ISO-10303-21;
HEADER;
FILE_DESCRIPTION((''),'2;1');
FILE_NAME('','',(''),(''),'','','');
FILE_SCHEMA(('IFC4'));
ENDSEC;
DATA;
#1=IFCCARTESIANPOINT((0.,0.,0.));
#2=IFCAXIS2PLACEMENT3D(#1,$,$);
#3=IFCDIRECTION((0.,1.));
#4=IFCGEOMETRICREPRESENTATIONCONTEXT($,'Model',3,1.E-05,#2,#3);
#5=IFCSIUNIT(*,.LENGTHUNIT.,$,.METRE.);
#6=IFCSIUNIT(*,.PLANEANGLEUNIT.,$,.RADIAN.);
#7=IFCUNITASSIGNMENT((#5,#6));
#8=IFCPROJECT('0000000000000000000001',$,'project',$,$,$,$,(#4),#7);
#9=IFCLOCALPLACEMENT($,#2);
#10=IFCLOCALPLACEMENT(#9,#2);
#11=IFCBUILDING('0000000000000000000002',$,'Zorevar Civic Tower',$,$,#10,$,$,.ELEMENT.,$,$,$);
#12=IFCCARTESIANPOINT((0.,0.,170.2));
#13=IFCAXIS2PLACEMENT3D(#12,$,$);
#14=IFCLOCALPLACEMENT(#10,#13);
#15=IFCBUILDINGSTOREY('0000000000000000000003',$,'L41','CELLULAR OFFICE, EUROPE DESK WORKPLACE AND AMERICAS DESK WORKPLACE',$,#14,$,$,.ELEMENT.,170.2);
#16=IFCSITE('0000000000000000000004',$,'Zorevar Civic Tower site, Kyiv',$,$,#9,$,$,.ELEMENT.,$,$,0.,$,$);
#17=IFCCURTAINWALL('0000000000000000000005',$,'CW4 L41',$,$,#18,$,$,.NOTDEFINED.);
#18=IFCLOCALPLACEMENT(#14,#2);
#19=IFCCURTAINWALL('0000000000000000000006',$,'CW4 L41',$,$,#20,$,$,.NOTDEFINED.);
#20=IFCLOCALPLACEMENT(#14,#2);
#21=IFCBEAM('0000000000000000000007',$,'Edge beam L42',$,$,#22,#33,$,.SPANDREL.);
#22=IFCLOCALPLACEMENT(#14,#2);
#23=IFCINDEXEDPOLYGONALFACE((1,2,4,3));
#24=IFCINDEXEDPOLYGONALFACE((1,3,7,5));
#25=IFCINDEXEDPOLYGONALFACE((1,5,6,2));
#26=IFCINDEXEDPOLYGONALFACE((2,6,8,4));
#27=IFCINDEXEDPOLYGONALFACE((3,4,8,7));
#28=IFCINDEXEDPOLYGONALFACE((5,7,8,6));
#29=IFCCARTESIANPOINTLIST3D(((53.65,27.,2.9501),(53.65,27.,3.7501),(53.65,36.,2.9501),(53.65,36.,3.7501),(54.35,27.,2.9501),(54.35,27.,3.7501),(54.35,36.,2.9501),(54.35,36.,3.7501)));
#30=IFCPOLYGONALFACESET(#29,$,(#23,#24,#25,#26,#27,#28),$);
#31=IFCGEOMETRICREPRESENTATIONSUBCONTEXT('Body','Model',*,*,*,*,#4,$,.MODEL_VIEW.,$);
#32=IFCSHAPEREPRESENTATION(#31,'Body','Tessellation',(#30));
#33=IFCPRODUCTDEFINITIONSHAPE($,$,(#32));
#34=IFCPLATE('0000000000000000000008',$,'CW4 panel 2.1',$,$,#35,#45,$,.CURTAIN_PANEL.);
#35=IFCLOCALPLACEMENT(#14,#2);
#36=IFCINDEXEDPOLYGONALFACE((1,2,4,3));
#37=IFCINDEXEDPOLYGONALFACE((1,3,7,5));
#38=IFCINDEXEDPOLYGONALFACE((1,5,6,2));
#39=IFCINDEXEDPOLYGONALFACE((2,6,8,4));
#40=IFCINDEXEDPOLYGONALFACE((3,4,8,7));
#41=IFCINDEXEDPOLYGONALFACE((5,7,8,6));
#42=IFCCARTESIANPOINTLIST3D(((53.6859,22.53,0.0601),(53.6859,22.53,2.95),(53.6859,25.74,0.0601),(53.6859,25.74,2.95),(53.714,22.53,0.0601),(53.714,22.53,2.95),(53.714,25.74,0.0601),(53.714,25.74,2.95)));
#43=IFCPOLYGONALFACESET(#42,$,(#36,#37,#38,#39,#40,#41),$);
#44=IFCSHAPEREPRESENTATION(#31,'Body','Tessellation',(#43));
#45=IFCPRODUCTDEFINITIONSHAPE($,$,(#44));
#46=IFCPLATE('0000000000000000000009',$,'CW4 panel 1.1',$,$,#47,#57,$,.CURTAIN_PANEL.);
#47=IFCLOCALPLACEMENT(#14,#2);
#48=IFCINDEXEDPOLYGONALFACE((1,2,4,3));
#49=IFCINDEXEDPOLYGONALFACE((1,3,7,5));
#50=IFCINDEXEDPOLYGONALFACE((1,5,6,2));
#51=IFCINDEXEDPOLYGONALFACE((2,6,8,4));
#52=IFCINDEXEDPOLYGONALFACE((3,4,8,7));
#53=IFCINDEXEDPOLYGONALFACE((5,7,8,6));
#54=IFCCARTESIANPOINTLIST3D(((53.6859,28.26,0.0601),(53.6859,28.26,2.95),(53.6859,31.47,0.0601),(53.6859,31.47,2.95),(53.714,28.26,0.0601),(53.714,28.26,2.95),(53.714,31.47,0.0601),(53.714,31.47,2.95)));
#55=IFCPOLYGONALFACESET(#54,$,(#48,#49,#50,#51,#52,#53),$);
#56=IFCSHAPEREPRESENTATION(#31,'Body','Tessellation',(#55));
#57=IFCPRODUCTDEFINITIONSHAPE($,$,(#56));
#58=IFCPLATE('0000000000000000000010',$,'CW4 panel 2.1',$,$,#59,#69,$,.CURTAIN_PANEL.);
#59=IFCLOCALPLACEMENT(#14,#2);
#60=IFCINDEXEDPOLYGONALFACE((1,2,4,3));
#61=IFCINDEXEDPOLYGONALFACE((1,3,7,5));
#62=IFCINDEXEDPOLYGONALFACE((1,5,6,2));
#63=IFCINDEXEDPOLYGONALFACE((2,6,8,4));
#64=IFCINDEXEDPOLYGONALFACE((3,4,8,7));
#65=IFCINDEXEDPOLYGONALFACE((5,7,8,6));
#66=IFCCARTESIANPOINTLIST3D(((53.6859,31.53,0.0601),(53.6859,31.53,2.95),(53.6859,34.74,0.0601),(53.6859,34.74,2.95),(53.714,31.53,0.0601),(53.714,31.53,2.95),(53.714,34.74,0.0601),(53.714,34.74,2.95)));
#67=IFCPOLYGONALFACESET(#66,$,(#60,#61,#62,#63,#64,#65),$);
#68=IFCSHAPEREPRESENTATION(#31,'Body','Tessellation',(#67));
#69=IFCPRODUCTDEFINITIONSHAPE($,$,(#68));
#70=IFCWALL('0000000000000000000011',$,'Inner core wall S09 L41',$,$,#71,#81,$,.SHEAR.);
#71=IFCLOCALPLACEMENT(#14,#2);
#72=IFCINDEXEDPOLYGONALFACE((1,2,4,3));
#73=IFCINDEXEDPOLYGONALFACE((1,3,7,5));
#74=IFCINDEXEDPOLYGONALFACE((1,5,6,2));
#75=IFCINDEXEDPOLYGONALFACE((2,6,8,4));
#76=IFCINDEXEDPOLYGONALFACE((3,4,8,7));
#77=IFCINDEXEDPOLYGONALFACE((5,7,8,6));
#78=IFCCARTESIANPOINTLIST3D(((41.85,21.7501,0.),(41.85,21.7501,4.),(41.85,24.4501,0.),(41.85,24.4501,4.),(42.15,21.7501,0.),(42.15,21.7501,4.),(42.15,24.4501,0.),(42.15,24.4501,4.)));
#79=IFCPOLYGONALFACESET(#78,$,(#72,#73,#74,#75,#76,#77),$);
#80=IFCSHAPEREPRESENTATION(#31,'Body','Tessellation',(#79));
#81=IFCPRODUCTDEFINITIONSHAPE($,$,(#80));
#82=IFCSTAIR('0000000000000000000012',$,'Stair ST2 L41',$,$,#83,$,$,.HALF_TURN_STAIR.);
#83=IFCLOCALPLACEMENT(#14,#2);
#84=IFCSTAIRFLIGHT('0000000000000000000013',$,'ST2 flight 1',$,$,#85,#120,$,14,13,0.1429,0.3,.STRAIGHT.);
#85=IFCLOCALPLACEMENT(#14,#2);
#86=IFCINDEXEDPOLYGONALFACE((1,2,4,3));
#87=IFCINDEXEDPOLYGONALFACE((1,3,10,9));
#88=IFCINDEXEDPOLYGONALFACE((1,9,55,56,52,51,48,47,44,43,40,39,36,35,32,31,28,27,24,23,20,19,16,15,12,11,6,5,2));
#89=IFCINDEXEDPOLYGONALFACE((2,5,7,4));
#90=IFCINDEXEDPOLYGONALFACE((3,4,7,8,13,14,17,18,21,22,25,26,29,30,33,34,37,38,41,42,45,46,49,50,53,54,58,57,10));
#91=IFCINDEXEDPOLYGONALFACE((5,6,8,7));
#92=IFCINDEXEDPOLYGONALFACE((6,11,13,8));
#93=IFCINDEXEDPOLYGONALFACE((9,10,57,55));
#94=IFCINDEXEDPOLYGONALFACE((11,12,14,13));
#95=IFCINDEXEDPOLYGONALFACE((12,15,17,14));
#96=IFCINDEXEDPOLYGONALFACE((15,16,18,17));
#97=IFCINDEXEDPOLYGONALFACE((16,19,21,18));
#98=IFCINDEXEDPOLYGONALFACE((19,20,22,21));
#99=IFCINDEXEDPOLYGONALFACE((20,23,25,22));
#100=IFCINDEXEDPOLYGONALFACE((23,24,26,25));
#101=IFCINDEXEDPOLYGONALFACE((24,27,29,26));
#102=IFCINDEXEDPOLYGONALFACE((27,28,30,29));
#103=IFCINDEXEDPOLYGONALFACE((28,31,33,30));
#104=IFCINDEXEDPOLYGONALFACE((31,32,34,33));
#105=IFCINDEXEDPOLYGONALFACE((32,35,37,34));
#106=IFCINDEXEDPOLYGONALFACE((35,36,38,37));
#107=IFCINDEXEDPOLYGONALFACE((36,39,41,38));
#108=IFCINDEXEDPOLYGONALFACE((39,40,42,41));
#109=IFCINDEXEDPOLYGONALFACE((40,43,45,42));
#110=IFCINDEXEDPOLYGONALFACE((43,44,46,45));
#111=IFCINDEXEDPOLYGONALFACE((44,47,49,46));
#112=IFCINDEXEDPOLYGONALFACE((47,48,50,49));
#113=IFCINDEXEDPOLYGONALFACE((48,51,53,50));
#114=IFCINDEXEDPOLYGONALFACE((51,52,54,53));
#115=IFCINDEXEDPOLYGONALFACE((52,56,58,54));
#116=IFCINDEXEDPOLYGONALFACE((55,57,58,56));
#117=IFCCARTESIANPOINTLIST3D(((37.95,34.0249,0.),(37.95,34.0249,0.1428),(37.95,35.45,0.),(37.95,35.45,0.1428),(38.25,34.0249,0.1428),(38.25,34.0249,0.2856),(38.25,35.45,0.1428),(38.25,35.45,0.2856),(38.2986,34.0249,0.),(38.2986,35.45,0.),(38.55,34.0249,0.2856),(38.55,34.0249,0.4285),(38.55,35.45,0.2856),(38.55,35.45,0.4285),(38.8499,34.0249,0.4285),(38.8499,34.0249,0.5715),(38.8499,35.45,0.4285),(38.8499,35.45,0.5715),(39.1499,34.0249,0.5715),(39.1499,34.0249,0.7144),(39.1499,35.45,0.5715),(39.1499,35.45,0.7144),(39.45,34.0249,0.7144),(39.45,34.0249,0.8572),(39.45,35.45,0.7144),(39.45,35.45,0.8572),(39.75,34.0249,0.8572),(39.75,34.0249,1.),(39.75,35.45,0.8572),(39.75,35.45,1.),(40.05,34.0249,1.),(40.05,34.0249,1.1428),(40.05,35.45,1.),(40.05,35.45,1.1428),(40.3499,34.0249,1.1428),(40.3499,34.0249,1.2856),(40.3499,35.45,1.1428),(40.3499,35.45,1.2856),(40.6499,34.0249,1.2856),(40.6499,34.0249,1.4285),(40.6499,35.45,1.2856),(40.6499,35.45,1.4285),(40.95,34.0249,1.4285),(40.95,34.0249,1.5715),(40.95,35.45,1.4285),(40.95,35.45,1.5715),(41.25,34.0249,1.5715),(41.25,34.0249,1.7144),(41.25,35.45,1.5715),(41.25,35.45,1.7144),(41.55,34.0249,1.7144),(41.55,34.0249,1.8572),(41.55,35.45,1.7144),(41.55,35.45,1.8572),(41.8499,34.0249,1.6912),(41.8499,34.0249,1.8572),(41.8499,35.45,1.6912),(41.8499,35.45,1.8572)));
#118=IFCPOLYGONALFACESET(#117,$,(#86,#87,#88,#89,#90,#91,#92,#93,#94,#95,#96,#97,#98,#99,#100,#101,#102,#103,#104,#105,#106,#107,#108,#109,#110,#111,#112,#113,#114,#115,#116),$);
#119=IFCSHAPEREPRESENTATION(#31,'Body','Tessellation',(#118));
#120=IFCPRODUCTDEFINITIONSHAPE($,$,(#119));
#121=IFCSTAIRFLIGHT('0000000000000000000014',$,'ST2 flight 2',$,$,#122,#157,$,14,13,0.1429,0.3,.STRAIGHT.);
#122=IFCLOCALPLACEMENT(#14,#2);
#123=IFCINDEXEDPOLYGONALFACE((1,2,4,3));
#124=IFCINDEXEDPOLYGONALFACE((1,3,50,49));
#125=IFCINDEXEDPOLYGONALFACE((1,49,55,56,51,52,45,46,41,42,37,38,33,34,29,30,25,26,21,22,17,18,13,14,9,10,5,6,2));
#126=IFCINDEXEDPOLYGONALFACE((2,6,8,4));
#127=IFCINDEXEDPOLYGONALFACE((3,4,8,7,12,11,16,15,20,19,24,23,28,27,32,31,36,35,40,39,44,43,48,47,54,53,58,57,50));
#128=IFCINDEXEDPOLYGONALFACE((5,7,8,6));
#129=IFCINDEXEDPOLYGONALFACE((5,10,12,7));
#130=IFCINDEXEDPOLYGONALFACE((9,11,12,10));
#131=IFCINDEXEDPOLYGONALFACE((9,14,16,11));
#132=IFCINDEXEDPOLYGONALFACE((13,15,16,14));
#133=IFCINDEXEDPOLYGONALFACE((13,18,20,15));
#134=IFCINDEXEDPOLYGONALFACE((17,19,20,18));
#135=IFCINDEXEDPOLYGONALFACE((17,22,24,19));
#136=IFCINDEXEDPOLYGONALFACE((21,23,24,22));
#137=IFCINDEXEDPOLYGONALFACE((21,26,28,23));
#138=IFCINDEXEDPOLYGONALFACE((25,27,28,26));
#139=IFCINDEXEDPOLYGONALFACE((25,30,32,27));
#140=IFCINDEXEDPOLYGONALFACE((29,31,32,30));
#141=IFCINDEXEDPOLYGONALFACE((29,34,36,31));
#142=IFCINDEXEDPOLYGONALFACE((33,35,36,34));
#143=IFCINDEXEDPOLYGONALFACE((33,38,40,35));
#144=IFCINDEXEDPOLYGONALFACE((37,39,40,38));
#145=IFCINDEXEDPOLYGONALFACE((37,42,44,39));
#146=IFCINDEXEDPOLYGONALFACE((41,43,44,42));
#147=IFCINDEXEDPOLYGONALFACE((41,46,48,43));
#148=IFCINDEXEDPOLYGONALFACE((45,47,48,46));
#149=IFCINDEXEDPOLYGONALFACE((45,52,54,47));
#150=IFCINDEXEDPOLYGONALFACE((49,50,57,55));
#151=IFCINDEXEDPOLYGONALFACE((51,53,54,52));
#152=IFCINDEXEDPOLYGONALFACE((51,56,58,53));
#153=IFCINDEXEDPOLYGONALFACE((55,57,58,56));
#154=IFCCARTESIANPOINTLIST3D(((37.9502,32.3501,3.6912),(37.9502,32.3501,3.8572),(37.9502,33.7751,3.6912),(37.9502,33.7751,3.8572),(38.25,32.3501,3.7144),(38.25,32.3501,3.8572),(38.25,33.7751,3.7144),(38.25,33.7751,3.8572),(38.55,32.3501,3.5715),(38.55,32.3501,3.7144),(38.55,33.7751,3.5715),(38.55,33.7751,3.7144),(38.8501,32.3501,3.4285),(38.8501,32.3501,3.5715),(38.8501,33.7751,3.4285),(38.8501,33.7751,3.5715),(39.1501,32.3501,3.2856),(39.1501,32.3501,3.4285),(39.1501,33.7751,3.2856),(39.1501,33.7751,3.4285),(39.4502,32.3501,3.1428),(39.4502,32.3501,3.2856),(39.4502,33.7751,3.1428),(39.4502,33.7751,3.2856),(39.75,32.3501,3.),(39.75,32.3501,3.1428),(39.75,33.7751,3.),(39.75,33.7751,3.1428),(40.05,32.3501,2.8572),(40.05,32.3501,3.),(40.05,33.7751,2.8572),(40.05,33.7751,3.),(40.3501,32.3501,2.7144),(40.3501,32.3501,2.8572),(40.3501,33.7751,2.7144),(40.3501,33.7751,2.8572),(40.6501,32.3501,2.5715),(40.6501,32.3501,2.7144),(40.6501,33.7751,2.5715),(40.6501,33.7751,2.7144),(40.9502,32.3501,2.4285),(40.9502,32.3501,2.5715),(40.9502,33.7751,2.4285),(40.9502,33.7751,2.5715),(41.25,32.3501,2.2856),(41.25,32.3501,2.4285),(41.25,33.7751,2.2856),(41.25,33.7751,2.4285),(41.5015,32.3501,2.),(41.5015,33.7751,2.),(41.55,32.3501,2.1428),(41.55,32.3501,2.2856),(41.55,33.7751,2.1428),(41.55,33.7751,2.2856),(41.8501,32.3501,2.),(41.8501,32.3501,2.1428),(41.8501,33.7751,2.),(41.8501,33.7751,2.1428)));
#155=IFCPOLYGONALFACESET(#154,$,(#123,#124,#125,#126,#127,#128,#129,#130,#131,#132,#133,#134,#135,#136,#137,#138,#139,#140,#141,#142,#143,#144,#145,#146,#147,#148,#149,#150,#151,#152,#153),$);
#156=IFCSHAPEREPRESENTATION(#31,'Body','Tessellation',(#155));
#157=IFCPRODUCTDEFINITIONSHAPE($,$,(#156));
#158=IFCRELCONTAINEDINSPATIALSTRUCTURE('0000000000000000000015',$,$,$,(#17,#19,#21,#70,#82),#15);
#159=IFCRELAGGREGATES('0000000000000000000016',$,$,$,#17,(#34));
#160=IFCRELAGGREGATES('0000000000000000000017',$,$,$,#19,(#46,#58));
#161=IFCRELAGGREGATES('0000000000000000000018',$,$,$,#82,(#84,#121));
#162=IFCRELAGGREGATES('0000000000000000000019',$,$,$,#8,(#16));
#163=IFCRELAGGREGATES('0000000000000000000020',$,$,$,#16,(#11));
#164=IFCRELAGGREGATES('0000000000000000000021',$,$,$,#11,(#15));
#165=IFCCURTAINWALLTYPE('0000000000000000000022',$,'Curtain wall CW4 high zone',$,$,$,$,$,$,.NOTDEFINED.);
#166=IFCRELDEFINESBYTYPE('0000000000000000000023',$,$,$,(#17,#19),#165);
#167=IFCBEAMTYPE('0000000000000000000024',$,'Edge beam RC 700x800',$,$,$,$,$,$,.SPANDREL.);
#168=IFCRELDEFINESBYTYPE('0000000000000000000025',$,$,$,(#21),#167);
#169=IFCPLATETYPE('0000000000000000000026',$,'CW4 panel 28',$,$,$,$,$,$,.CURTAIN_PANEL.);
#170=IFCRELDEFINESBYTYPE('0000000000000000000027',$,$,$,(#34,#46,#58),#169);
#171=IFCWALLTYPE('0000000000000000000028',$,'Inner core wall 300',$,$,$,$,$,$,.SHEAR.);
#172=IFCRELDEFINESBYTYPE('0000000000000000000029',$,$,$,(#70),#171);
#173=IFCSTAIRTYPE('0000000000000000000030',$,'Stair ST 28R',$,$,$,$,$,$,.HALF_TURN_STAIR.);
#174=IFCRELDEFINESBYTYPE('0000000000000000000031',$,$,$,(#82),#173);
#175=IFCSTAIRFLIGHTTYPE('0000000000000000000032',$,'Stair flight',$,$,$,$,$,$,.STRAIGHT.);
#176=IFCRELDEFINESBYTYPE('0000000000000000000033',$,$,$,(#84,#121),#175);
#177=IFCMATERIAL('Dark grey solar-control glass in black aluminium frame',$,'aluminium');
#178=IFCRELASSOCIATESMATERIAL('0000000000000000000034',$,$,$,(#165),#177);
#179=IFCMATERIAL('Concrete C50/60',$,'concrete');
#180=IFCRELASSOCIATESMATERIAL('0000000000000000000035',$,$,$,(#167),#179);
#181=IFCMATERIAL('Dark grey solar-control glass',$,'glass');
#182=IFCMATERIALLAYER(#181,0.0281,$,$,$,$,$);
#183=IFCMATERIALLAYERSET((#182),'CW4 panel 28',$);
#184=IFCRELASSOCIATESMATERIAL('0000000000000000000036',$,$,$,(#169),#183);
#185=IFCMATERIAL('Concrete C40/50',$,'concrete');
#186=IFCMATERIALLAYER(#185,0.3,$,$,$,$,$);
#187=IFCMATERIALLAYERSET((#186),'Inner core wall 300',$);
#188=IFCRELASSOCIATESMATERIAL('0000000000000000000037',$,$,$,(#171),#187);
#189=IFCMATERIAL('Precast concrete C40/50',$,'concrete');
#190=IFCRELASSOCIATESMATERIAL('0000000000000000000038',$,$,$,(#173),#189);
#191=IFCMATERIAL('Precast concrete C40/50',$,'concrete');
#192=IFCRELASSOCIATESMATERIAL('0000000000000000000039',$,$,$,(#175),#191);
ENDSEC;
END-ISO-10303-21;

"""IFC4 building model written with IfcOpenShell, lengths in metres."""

from ifc_helpers import new_model, si_unit, direction, frame, frame_2d, origin, origin_2d, place, context, subcontext, project, spatial, polyline, rectangle, outline, extrude, material, layer, layer_set, material_profile, profile_set, type_object, element, aggregate, save


model = new_model("IFC4")

# Units and contexts
model_context = context("Model", 3, precision=1e-05, world=origin(), true_north=direction((0.0, 1.0)))
body_context = subcontext(model_context, "Body", "Model", "MODEL_VIEW")
ifc_project = project(units=[si_unit("LENGTHUNIT", "METRE"), si_unit("PLANEANGLEUNIT", "RADIAN")], contexts=[model_context])

# Site, building, storey
site_placement = place(None, origin())
site = spatial("IfcSite", under=ifc_project, at=site_placement, Name="Zorevar Civic Tower site, Kyiv", CompositionType="ELEMENT", RefElevation=0.0)
building_placement = place(site_placement, origin())
building = spatial("IfcBuilding", under=site, at=building_placement, Name="Zorevar Civic Tower", CompositionType="ELEMENT")
storey_placement = place(building_placement, frame((0.0, 0.0, 170.2)))
storey = spatial("IfcBuildingStorey", under=building, at=storey_placement, Name="L41", Description="CELLULAR OFFICE, EUROPE DESK WORKPLACE AND AMERICAS DESK WORKPLACE", CompositionType="ELEMENT", Elevation=170.2)

# Curtain walls
ifc_material_1 = material(Name="Dark grey solar-control glass in black aluminium frame", Category="aluminium")
curtain_wall_type = type_object("IfcCurtainWallType", Name="Curtain wall CW4 high zone", PredefinedType="NOTDEFINED", material=ifc_material_1)
curtain_wall_1_placement = place(storey_placement, origin())
curtain_wall_1 = element("IfcCurtainWall", 1, at=curtain_wall_1_placement, inside=storey, type_object=curtain_wall_type, Name="CW4 L41", PredefinedType="NOTDEFINED")
curtain_wall_2_placement = place(storey_placement, origin())
curtain_wall_2 = element("IfcCurtainWall", 2, at=curtain_wall_2_placement, inside=storey, type_object=curtain_wall_type, Name="CW4 L41", PredefinedType="NOTDEFINED")

# Beam
ifc_material_2 = material(Name="Concrete C50/60", Category="concrete")
ifc_material_profile_1 = material_profile(ifc_material_2, rectangle(XDim=0.7, YDim=0.8, at=origin_2d()), Name="RC 700x800")
ifc_profile_set_1 = profile_set([ifc_material_profile_1], Name="Concrete C50/60")
beam_type_1 = type_object("IfcBeamType", Name="Edge beam RC 700x800", PredefinedType="SPANDREL", material=ifc_profile_set_1)
beam_placement = place(storey_placement, frame((54.0, 27.0, 3.3501), z_axis=(0.0, 1.0, 0.0), x_axis=(-1.0, 0.0, 0.0)))
element("IfcBeam", 3, at=beam_placement, inside=storey, type_object=beam_type_1, Name="Edge beam L42", PredefinedType="SPANDREL", context=body_context, shape_type="SweptSolid", body=[
    extrude(rectangle(XDim=0.7, YDim=0.8, at=origin_2d()), origin(), (0.0, 0.0, 1.0), 9.0),
])

# Plates
ifc_material_3 = material(Name="Dark grey solar-control glass", Category="glass")
ifc_layer_1 = layer(ifc_material_3, 0.0281)
ifc_layer_set_1 = layer_set([ifc_layer_1], Name="CW4 panel 28")
plate_type = type_object("IfcPlateType", Name="CW4 panel 28", PredefinedType="CURTAIN_PANEL", material=ifc_layer_set_1)
plate_1_placement = place(storey_placement, frame((53.7, 24.135, 0.0601), z_axis=(0.0, 0.0, 1.0), x_axis=(0.0, 1.0, 0.0)))
plate_1 = element("IfcPlate", 4, at=plate_1_placement, type_object=plate_type, Name="CW4 panel 2.1", PredefinedType="CURTAIN_PANEL", context=body_context, shape_type="SweptSolid", body=[
    extrude(rectangle(XDim=3.21, YDim=0.0281, at=origin_2d()), origin(), (0.0, 0.0, 1.0), 2.8899),
])
aggregate(curtain_wall_1, [plate_1])
plate_2_placement = place(storey_placement, frame((53.7, 29.865, 0.0601), z_axis=(0.0, 0.0, 1.0), x_axis=(0.0, 1.0, 0.0)))
plate_2 = element("IfcPlate", 5, at=plate_2_placement, type_object=plate_type, Name="CW4 panel 1.1", PredefinedType="CURTAIN_PANEL", context=body_context, shape_type="SweptSolid", body=[
    extrude(rectangle(XDim=3.21, YDim=0.0281, at=origin_2d()), origin(), (0.0, 0.0, 1.0), 2.8899),
])
plate_3_placement = place(storey_placement, frame((53.7, 33.135, 0.0601), z_axis=(0.0, 0.0, 1.0), x_axis=(0.0, 1.0, 0.0)))
plate_3 = element("IfcPlate", 6, at=plate_3_placement, type_object=plate_type, Name="CW4 panel 2.1", PredefinedType="CURTAIN_PANEL", context=body_context, shape_type="SweptSolid", body=[
    extrude(rectangle(XDim=3.21, YDim=0.0281, at=origin_2d()), origin(), (0.0, 0.0, 1.0), 2.8899),
])
aggregate(curtain_wall_2, [plate_2, plate_3])

# Shared definitions
ifc_material_4 = material(Name="Concrete C40/50", Category="concrete")
ifc_layer_2 = layer(ifc_material_4, 0.3)
ifc_layer_set_2 = layer_set([ifc_layer_2], Name="Inner core wall 300")
wall_type_1 = type_object("IfcWallType", Name="Inner core wall 300", PredefinedType="SHEAR", material=ifc_layer_set_2)

# Wall
wall_1_placement = place(storey_placement, frame((42.0, 21.75, 0.0), z_axis=(0.0, 0.0, 1.0), x_axis=(0.0, 1.0, 0.0)))
element("IfcWall", 7, at=wall_1_placement, inside=storey, type_object=wall_type_1, Name="Inner core wall S09 L41", PredefinedType="SHEAR", context=body_context, shape_type="SweptSolid", body=[
    extrude(rectangle(XDim=2.7, YDim=0.3, at=frame_2d((1.3501, 0.0))), origin(), (0.0, 0.0, 1.0), 4.0),
])

# Stair, stair flights
ifc_material_5 = material(Name="Precast concrete C40/50", Category="concrete")
stair_type = type_object("IfcStairType", Name="Stair ST 28R", PredefinedType="HALF_TURN_STAIR", material=ifc_material_5)
stair_placement = place(storey_placement, origin())
stair = element("IfcStair", 8, at=stair_placement, inside=storey, type_object=stair_type, Name="Stair ST2 L41", PredefinedType="HALF_TURN_STAIR")
ifc_material_6 = material(Name="Precast concrete C40/50", Category="concrete")
stair_flight_type = type_object("IfcStairFlightType", Name="Stair flight", PredefinedType="STRAIGHT", material=ifc_material_6)
stair_flight_1_placement = place(storey_placement, frame((37.95, 34.7375, 0.0), z_axis=(0.0, 0.0, 1.0), x_axis=(1.0, 0.0, 0.0)))
stair_flight_1 = element("IfcStairFlight", 9, at=stair_flight_1_placement, type_object=stair_flight_type, Name="ST2 flight 1", NumberOfRisers=14, NumberOfTreads=13, PredefinedType="STRAIGHT", RiserHeight=0.1429, TreadLength=0.3, context=body_context, shape_type="SweptSolid", body=[
    extrude(outline(polyline([(0.0, 0.0), (0.0, 0.1428), (0.3, 0.1428), (0.3, 0.2856), (0.6001, 0.2856), (0.6001, 0.4285), (0.8999, 0.4285), (0.8999, 0.5715), (1.2, 0.5715), (1.2, 0.7144), (1.5, 0.7144), (1.5, 0.8572), (1.8, 0.8572), (1.8, 1.0), (2.1001, 1.0), (2.1001, 1.1428), (2.3999, 1.1428), (2.3999, 1.2856), (2.7, 1.2856), (2.7, 1.4285), (3.0, 1.4285), (3.0, 1.5715), (3.3, 1.5715), (3.3, 1.7144), (3.6001, 1.7144), (3.6001, 1.8572), (3.8999, 1.8572), (3.8999, 2.0), (3.8999, 1.6912), (0.3486, 0.0), (0.0, 0.0)])), frame((0.0, 0.7124, 0.0), z_axis=(0.0, -1.0, 0.0), x_axis=(1.0, 0.0, 0.0)), (0.0, 0.0, 1.0), 1.425),
])
stair_flight_2_placement = place(storey_placement, frame((41.8501, 33.0625, 2.0), z_axis=(0.0, 0.0, 1.0), x_axis=(-1.0, 0.0, 0.0)))
stair_flight_2 = element("IfcStairFlight", 10, at=stair_flight_2_placement, type_object=stair_flight_type, Name="ST2 flight 2", NumberOfRisers=14, NumberOfTreads=13, PredefinedType="STRAIGHT", RiserHeight=0.1429, TreadLength=0.3, context=body_context, shape_type="SweptSolid", body=[
    extrude(outline(polyline([(0.0, 0.0), (0.0, 0.1428), (0.3, 0.1428), (0.3, 0.2856), (0.6001, 0.2856), (0.6001, 0.4285), (0.8999, 0.4285), (0.8999, 0.5715), (1.2, 0.5715), (1.2, 0.7144), (1.5, 0.7144), (1.5, 0.8572), (1.8, 0.8572), (1.8, 1.0), (2.1001, 1.0), (2.1001, 1.1428), (2.3999, 1.1428), (2.3999, 1.2856), (2.7, 1.2856), (2.7, 1.4285), (3.0, 1.4285), (3.0, 1.5715), (3.3, 1.5715), (3.3, 1.7144), (3.6001, 1.7144), (3.6001, 1.8572), (3.8999, 1.8572), (3.8999, 2.0), (3.8999, 1.6912), (0.3486, 0.0), (0.0, 0.0)])), frame((0.0, 0.7124, 0.0), z_axis=(0.0, -1.0, 0.0), x_axis=(1.0, 0.0, 0.0)), (0.0, 0.0, 1.0), 1.425),
])
aggregate(stair, [stair_flight_1, stair_flight_2])

save(model, "model.ifc")
